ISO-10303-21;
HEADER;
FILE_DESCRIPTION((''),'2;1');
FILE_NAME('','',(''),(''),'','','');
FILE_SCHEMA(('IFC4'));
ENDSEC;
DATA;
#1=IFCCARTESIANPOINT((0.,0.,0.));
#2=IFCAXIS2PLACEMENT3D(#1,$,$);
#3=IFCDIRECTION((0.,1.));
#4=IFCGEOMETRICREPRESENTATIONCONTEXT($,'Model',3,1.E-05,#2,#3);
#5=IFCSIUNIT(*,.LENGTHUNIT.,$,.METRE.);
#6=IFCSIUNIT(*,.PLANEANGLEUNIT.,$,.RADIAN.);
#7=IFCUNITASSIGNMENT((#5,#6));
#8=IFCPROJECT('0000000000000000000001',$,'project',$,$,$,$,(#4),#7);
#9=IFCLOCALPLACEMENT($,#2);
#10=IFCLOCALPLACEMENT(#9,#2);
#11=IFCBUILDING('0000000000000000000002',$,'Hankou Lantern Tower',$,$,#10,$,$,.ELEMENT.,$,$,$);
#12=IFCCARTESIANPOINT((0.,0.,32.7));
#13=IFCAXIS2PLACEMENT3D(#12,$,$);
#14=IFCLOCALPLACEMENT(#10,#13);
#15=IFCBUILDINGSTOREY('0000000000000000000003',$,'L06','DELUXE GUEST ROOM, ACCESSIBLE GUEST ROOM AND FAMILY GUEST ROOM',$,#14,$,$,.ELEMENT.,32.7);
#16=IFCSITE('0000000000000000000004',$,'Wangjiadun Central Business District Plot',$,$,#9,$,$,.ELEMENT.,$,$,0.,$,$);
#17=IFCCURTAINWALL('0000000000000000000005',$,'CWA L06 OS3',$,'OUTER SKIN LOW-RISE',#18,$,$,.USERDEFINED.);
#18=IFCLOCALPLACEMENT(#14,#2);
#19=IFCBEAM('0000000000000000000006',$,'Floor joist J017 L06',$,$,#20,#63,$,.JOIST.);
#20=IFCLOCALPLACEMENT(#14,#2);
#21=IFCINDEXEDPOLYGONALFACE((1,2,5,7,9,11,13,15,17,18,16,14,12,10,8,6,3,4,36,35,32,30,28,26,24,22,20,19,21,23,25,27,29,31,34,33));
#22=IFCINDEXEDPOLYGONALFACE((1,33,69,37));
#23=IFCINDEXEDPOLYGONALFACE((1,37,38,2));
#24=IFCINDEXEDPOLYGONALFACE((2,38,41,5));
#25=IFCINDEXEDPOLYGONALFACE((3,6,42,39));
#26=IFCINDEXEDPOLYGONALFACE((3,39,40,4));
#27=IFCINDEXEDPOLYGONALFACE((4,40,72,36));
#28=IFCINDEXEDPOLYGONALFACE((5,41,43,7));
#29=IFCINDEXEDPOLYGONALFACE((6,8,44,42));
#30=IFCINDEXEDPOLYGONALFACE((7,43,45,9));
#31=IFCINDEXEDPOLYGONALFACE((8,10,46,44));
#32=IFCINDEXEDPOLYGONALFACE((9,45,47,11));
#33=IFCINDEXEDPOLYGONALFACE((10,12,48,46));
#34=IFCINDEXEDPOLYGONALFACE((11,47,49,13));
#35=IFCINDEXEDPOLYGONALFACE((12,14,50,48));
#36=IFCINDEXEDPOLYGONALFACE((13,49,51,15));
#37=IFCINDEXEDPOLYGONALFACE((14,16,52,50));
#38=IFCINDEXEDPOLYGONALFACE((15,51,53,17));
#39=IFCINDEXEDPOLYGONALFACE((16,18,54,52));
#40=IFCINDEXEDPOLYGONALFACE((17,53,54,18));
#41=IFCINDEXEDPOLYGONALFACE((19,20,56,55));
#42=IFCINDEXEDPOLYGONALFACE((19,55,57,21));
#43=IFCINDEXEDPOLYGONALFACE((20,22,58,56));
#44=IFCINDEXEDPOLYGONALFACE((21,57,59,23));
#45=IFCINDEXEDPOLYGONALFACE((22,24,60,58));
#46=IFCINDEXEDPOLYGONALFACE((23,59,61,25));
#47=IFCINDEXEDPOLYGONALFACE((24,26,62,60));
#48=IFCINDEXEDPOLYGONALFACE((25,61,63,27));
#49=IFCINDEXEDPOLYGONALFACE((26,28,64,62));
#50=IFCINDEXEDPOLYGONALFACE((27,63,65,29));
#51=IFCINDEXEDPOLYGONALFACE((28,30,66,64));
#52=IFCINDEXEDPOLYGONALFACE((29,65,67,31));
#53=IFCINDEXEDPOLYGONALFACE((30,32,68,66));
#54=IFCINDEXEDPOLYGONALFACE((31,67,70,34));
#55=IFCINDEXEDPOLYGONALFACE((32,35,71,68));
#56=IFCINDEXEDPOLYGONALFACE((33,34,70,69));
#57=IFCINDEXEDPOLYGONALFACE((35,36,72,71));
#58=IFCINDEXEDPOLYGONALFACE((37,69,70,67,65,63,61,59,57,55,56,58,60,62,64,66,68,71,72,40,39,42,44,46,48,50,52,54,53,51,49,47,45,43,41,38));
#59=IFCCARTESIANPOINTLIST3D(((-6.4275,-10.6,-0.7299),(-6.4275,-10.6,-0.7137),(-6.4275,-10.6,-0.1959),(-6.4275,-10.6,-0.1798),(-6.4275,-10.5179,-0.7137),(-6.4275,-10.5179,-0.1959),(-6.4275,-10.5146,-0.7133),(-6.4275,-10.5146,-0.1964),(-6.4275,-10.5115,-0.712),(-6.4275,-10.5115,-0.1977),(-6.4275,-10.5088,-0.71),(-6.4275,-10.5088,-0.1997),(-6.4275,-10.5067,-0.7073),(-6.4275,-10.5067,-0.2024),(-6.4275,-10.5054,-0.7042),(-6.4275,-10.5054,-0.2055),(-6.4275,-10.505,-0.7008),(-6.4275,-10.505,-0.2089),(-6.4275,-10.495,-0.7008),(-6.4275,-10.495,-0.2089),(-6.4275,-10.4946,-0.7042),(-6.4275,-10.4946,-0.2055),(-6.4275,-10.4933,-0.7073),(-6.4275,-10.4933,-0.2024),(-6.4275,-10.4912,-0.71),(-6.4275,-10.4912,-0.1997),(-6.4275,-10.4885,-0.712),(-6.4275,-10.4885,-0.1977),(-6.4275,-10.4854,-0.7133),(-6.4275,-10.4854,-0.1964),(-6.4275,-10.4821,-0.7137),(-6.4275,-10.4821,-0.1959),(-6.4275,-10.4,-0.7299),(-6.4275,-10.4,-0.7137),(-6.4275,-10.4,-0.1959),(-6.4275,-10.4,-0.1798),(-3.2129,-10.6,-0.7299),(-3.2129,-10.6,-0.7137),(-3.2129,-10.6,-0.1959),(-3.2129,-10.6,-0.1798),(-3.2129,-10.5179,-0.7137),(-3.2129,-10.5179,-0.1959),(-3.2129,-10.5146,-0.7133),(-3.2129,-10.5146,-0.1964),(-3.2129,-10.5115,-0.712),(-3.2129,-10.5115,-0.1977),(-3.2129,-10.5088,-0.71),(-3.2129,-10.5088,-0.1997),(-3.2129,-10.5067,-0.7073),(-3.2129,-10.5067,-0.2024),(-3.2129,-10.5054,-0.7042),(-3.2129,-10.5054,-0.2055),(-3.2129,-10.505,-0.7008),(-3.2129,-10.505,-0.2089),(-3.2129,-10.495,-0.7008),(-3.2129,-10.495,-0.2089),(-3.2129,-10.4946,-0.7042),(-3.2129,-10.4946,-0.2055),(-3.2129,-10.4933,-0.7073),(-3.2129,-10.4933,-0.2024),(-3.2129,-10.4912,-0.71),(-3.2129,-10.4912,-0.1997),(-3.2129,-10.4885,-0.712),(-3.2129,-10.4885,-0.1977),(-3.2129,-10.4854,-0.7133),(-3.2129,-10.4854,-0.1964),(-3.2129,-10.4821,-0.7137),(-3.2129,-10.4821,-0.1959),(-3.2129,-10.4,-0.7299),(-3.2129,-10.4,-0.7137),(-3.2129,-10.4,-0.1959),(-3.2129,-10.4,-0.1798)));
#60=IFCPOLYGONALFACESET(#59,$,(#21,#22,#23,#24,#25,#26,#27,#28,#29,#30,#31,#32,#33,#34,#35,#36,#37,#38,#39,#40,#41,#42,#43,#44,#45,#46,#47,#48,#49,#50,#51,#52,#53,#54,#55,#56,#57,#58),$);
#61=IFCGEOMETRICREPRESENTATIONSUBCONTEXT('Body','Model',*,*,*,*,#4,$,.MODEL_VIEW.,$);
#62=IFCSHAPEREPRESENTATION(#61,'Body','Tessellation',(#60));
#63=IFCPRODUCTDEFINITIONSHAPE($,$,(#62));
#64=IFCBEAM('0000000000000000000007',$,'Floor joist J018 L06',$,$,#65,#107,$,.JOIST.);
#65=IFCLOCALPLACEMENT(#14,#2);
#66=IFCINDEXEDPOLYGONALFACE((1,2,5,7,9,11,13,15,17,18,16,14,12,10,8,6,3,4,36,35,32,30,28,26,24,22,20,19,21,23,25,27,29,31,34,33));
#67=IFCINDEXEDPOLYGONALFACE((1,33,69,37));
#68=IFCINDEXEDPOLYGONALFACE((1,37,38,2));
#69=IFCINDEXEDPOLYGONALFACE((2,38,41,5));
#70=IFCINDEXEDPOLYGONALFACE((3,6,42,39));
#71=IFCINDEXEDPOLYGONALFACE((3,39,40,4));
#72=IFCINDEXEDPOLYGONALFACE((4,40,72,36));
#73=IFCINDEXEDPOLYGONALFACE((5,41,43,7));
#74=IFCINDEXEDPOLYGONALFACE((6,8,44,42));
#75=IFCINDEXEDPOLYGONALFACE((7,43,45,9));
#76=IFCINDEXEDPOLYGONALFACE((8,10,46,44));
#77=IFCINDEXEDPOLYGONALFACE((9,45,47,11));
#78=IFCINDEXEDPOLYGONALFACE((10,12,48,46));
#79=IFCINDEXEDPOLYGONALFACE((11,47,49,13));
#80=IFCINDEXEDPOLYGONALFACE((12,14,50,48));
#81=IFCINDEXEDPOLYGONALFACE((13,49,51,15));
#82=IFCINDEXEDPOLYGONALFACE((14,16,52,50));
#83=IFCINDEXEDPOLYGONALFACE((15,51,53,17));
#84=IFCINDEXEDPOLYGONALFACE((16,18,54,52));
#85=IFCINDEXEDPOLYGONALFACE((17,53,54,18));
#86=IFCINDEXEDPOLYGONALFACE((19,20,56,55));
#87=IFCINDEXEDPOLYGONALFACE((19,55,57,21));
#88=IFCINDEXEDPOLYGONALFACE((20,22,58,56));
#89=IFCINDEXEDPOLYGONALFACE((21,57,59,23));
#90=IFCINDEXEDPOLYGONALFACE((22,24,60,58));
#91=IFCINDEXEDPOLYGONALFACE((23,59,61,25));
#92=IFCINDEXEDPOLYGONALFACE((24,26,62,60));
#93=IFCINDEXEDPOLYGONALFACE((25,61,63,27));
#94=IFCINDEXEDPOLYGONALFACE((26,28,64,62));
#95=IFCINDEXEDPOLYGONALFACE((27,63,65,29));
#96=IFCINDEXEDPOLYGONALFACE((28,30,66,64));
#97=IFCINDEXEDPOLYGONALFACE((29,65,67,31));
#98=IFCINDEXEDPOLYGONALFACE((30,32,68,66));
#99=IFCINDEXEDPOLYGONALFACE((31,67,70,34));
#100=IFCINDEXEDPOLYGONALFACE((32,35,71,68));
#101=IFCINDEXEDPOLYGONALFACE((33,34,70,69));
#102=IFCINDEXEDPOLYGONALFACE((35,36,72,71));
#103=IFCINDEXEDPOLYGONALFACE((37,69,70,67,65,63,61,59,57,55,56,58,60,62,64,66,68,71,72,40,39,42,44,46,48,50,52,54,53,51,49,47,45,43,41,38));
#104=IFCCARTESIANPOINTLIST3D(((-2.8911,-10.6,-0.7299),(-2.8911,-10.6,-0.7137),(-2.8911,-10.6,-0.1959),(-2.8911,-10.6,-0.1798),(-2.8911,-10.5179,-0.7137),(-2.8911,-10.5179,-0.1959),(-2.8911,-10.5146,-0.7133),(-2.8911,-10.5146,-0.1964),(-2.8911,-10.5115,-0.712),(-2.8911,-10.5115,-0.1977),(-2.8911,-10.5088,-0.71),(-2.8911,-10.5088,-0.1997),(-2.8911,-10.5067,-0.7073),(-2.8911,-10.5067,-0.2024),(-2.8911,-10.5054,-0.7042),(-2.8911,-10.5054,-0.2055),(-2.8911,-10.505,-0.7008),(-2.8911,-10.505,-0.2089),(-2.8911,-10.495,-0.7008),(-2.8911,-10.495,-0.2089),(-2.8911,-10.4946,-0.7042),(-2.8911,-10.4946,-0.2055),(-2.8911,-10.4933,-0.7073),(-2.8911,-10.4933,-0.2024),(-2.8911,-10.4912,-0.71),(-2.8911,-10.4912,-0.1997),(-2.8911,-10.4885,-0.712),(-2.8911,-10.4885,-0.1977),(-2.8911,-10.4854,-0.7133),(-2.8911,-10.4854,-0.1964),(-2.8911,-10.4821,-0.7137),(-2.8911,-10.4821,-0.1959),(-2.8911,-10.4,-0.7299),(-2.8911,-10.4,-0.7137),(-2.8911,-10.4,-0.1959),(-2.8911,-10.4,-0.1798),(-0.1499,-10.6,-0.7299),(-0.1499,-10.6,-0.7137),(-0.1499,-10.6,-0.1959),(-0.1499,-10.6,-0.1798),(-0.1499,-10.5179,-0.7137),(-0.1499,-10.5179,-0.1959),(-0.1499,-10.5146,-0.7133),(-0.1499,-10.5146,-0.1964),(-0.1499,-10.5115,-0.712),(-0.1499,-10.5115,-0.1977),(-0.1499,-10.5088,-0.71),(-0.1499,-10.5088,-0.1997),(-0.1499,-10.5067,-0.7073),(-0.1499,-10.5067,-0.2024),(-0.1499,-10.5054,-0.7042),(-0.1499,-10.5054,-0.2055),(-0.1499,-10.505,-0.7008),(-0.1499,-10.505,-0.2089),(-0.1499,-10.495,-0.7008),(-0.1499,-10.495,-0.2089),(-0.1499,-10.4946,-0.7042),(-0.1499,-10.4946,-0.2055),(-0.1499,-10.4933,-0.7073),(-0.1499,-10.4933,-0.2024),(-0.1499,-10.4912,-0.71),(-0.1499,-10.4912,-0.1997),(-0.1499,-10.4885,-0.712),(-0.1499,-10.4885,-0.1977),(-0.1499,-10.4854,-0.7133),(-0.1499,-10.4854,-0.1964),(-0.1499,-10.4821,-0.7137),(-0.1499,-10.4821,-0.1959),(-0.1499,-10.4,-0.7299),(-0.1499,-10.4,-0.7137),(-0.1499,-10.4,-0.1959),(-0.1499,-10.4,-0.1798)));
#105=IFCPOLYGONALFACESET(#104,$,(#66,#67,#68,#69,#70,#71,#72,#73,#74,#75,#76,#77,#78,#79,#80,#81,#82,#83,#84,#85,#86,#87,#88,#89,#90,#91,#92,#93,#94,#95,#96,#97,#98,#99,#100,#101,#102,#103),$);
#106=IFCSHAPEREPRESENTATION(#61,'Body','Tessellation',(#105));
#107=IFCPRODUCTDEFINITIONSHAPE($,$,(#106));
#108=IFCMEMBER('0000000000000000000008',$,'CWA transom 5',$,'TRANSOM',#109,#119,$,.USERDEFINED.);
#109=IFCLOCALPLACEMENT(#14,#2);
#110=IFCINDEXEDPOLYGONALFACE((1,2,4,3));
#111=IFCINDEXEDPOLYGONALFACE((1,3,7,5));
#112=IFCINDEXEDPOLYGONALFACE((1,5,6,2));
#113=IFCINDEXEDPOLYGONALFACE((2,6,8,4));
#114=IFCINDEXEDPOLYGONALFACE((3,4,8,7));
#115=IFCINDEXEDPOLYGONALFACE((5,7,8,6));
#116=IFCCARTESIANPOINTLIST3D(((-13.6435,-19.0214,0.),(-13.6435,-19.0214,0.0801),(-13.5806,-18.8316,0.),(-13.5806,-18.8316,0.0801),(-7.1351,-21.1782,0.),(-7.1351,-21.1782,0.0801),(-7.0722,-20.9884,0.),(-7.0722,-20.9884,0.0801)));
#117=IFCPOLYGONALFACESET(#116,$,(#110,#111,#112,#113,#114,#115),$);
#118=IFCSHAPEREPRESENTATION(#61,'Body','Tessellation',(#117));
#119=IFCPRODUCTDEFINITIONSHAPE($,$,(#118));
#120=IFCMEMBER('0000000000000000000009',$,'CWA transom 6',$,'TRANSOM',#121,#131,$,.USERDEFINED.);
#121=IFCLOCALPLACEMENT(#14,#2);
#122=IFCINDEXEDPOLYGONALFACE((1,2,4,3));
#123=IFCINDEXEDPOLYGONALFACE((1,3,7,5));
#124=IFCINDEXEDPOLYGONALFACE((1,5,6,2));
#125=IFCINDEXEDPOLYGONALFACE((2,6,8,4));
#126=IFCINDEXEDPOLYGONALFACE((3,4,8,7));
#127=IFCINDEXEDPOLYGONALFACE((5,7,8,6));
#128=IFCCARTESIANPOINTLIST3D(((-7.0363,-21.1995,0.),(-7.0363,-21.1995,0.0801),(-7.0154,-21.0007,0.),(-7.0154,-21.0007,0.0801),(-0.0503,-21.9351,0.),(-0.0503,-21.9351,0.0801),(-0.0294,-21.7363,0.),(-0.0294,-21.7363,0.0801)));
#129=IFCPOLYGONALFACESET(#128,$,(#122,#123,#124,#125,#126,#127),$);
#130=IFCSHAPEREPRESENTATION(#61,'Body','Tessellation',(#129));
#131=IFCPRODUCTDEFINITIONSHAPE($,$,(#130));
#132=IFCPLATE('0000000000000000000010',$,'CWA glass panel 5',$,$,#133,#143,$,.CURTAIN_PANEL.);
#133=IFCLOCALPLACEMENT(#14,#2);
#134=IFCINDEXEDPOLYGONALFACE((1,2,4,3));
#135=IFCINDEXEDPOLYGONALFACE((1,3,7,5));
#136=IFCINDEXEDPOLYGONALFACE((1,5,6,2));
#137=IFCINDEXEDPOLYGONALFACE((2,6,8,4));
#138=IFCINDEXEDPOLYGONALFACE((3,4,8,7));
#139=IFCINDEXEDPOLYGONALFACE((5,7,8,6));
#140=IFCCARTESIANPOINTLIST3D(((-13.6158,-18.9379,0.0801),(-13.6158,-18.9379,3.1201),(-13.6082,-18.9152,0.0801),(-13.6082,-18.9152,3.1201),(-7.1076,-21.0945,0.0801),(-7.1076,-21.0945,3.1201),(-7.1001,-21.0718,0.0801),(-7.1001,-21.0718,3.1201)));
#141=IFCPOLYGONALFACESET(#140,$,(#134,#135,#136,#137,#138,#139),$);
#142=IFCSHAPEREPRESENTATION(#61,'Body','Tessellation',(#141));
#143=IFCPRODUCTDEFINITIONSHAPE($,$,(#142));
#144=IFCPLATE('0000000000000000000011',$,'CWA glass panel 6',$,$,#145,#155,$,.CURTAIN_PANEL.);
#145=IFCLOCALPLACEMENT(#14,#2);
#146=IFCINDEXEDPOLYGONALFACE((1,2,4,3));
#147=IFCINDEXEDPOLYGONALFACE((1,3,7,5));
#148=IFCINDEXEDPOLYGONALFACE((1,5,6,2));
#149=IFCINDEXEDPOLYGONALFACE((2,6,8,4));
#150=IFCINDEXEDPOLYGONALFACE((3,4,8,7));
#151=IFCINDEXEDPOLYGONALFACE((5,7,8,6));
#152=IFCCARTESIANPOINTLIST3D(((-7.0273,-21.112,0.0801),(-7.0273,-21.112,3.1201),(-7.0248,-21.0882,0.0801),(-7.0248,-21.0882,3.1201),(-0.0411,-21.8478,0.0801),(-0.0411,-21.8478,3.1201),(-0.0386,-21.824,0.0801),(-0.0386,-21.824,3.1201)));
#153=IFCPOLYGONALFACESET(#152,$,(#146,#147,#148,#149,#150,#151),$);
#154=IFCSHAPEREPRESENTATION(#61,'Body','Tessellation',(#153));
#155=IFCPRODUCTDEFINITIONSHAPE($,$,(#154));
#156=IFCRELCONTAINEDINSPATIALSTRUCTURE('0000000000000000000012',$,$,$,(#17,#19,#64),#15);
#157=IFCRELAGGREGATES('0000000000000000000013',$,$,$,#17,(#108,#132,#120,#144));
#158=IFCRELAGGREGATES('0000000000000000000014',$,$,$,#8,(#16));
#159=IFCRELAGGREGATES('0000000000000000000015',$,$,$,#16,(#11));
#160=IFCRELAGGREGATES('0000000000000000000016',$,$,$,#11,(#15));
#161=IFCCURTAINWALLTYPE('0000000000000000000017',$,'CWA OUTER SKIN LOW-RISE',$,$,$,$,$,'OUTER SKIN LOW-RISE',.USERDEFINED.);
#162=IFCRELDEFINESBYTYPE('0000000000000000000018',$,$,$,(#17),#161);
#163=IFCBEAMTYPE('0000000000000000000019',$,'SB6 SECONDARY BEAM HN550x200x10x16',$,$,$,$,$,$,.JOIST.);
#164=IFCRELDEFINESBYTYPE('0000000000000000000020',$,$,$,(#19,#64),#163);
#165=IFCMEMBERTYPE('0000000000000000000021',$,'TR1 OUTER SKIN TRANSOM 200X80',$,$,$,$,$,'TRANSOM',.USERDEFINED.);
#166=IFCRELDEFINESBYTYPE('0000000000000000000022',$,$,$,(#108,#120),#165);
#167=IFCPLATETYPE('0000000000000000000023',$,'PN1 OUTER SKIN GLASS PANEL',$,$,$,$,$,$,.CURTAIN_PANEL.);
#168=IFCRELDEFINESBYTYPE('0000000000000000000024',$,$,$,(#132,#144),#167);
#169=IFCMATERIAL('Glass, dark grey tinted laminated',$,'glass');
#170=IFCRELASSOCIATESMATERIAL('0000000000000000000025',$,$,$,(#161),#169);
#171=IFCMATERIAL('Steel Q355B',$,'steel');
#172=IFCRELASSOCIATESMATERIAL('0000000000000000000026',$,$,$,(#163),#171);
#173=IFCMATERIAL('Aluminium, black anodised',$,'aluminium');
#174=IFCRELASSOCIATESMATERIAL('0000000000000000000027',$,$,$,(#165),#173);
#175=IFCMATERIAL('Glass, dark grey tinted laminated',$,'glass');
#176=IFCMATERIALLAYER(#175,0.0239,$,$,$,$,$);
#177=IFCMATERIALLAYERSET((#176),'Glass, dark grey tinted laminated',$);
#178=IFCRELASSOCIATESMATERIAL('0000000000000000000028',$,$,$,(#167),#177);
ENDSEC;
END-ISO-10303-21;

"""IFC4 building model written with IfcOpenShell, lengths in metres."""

from ifc_helpers import new_model, si_unit, direction, frame, origin, origin_2d, place, context, subcontext, project, spatial, rectangle, i_section, extrude, material, layer, layer_set, material_profile, profile_set, type_object, element, aggregate, save


model = new_model("IFC4")

# Units and contexts
model_context = context("Model", 3, precision=1e-05, world=origin(), true_north=direction((0.0, 1.0)))
body_context = subcontext(model_context, "Body", "Model", "MODEL_VIEW")
ifc_project = project(units=[si_unit("LENGTHUNIT", "METRE"), si_unit("PLANEANGLEUNIT", "RADIAN")], contexts=[model_context])

# Site, building, storey
site_placement = place(None, origin())
site = spatial("IfcSite", under=ifc_project, at=site_placement, Name="Wangjiadun Central Business District Plot", CompositionType="ELEMENT", RefElevation=0.0)
building_placement = place(site_placement, origin())
building = spatial("IfcBuilding", under=site, at=building_placement, Name="Hankou Lantern Tower", CompositionType="ELEMENT")
storey_placement = place(building_placement, frame((0.0, 0.0, 32.7)))
storey = spatial("IfcBuildingStorey", under=building, at=storey_placement, Name="L06", Description="DELUXE GUEST ROOM, ACCESSIBLE GUEST ROOM AND FAMILY GUEST ROOM", CompositionType="ELEMENT", Elevation=32.7)

# Curtain wall
ifc_material_1 = material(Name="Glass, dark grey tinted laminated", Category="glass")
curtain_wall_type = type_object("IfcCurtainWallType", Name="CWA OUTER SKIN LOW-RISE", ElementType="OUTER SKIN LOW-RISE", PredefinedType="USERDEFINED", material=ifc_material_1)
curtain_wall_placement = place(storey_placement, origin())
curtain_wall = element("IfcCurtainWall", 1, at=curtain_wall_placement, inside=storey, type_object=curtain_wall_type, Name="CWA L06 OS3", ObjectType="OUTER SKIN LOW-RISE", PredefinedType="USERDEFINED")

# Beams
ifc_material_2 = material(Name="Steel Q355B", Category="steel")
ifc_material_profile_1 = material_profile(ifc_material_2, i_section(OverallWidth=0.2, OverallDepth=0.55, WebThickness=0.01, FlangeThickness=0.0161, FilletRadius=0.0129, at=origin_2d()), Name="HN550x200x10x16")
ifc_profile_set_1 = profile_set([ifc_material_profile_1], Name="Steel Q355B")
beam_type_1 = type_object("IfcBeamType", Name="SB6 SECONDARY BEAM HN550x200x10x16", PredefinedType="JOIST", material=ifc_profile_set_1)
beam_1_placement = place(storey_placement, frame((-6.4275, -10.5, -0.4548), z_axis=(1.0, 0.0, 0.0), x_axis=(0.0, 1.0, 0.0)))
element("IfcBeam", 2, at=beam_1_placement, inside=storey, type_object=beam_type_1, Name="Floor joist J017 L06", PredefinedType="JOIST", context=body_context, shape_type="SweptSolid", body=[
    extrude(i_section(OverallWidth=0.2, OverallDepth=0.55, WebThickness=0.01, FlangeThickness=0.0161, FilletRadius=0.0129, at=origin_2d()), origin(), (0.0, 0.0, 1.0), 3.2146),
])
beam_2_placement = place(storey_placement, frame((-2.8911, -10.5, -0.4548), z_axis=(1.0, 0.0, 0.0), x_axis=(0.0, 1.0, 0.0)))
element("IfcBeam", 3, at=beam_2_placement, inside=storey, type_object=beam_type_1, Name="Floor joist J018 L06", PredefinedType="JOIST", context=body_context, shape_type="SweptSolid", body=[
    extrude(i_section(OverallWidth=0.2, OverallDepth=0.55, WebThickness=0.01, FlangeThickness=0.0161, FilletRadius=0.0129, at=origin_2d()), origin(), (0.0, 0.0, 1.0), 2.7412),
])

# Members
ifc_material_3 = material(Name="Aluminium, black anodised", Category="aluminium")
ifc_material_profile_2 = material_profile(ifc_material_3, rectangle(XDim=0.2, YDim=0.0801, at=origin_2d()), Name="TR1 200X80")
ifc_profile_set_2 = profile_set([ifc_material_profile_2], Name="Aluminium, black anodised")
member_type_1 = type_object("IfcMemberType", Name="TR1 OUTER SKIN TRANSOM 200X80", ElementType="TRANSOM", PredefinedType="USERDEFINED", material=ifc_profile_set_2)
member_1_placement = place(storey_placement, frame((-13.6121, -18.9265, 0.04), z_axis=(0.949237, -0.314561, 0.0), x_axis=(0.314561, 0.949237, 0.0)))
member_1 = element("IfcMember", 4, at=member_1_placement, type_object=member_type_1, Name="CWA transom 5", ObjectType="TRANSOM", PredefinedType="USERDEFINED", context=body_context, shape_type="SweptSolid", body=[
    extrude(rectangle(XDim=0.2, YDim=0.0801, at=origin_2d()), origin(), (0.0, 0.0, 1.0), 6.8564),
])
member_2_placement = place(storey_placement, frame((-7.0259, -21.1001, 0.04), z_axis=(0.994502, -0.104716, 0.0), x_axis=(0.104716, 0.994502, 0.0)))
member_2 = element("IfcMember", 5, at=member_2_placement, type_object=member_type_1, Name="CWA transom 6", ObjectType="TRANSOM", PredefinedType="USERDEFINED", context=body_context, shape_type="SweptSolid", body=[
    extrude(rectangle(XDim=0.2, YDim=0.0801, at=origin_2d()), origin(), (0.0, 0.0, 1.0), 7.0247),
])

# Plates
ifc_material_4 = material(Name="Glass, dark grey tinted laminated", Category="glass")
ifc_layer_1 = layer(ifc_material_4, 0.0239)
ifc_layer_set_1 = layer_set([ifc_layer_1], Name="Glass, dark grey tinted laminated")
plate_type = type_object("IfcPlateType", Name="PN1 OUTER SKIN GLASS PANEL", PredefinedType="CURTAIN_PANEL", material=ifc_layer_set_1)
plate_1_placement = place(storey_placement, frame((-10.3579, -20.0049, 0.0801), z_axis=(0.0, 0.0, 1.0), x_axis=(0.949241, -0.314551, 0.0)))
plate_1 = element("IfcPlate", 6, at=plate_1_placement, type_object=plate_type, Name="CWA glass panel 5", PredefinedType="CURTAIN_PANEL", context=body_context, shape_type="SweptSolid", body=[
    extrude(rectangle(XDim=6.8562, YDim=0.0239, at=origin_2d()), origin(), (0.0, 0.0, 1.0), 3.04),
])
plate_2_placement = place(storey_placement, frame((-3.533, -21.468, 0.0801), z_axis=(0.0, 0.0, 1.0), x_axis=(0.994499, -0.104743, 0.0)))
plate_2 = element("IfcPlate", 7, at=plate_2_placement, type_object=plate_type, Name="CWA glass panel 6", PredefinedType="CURTAIN_PANEL", context=body_context, shape_type="SweptSolid", body=[
    extrude(rectangle(XDim=7.0249, YDim=0.0239, at=origin_2d()), origin(), (0.0, 0.0, 1.0), 3.04),
])
aggregate(curtain_wall, [member_1, plate_1, member_2, plate_2])

save(model, "model.ifc")
